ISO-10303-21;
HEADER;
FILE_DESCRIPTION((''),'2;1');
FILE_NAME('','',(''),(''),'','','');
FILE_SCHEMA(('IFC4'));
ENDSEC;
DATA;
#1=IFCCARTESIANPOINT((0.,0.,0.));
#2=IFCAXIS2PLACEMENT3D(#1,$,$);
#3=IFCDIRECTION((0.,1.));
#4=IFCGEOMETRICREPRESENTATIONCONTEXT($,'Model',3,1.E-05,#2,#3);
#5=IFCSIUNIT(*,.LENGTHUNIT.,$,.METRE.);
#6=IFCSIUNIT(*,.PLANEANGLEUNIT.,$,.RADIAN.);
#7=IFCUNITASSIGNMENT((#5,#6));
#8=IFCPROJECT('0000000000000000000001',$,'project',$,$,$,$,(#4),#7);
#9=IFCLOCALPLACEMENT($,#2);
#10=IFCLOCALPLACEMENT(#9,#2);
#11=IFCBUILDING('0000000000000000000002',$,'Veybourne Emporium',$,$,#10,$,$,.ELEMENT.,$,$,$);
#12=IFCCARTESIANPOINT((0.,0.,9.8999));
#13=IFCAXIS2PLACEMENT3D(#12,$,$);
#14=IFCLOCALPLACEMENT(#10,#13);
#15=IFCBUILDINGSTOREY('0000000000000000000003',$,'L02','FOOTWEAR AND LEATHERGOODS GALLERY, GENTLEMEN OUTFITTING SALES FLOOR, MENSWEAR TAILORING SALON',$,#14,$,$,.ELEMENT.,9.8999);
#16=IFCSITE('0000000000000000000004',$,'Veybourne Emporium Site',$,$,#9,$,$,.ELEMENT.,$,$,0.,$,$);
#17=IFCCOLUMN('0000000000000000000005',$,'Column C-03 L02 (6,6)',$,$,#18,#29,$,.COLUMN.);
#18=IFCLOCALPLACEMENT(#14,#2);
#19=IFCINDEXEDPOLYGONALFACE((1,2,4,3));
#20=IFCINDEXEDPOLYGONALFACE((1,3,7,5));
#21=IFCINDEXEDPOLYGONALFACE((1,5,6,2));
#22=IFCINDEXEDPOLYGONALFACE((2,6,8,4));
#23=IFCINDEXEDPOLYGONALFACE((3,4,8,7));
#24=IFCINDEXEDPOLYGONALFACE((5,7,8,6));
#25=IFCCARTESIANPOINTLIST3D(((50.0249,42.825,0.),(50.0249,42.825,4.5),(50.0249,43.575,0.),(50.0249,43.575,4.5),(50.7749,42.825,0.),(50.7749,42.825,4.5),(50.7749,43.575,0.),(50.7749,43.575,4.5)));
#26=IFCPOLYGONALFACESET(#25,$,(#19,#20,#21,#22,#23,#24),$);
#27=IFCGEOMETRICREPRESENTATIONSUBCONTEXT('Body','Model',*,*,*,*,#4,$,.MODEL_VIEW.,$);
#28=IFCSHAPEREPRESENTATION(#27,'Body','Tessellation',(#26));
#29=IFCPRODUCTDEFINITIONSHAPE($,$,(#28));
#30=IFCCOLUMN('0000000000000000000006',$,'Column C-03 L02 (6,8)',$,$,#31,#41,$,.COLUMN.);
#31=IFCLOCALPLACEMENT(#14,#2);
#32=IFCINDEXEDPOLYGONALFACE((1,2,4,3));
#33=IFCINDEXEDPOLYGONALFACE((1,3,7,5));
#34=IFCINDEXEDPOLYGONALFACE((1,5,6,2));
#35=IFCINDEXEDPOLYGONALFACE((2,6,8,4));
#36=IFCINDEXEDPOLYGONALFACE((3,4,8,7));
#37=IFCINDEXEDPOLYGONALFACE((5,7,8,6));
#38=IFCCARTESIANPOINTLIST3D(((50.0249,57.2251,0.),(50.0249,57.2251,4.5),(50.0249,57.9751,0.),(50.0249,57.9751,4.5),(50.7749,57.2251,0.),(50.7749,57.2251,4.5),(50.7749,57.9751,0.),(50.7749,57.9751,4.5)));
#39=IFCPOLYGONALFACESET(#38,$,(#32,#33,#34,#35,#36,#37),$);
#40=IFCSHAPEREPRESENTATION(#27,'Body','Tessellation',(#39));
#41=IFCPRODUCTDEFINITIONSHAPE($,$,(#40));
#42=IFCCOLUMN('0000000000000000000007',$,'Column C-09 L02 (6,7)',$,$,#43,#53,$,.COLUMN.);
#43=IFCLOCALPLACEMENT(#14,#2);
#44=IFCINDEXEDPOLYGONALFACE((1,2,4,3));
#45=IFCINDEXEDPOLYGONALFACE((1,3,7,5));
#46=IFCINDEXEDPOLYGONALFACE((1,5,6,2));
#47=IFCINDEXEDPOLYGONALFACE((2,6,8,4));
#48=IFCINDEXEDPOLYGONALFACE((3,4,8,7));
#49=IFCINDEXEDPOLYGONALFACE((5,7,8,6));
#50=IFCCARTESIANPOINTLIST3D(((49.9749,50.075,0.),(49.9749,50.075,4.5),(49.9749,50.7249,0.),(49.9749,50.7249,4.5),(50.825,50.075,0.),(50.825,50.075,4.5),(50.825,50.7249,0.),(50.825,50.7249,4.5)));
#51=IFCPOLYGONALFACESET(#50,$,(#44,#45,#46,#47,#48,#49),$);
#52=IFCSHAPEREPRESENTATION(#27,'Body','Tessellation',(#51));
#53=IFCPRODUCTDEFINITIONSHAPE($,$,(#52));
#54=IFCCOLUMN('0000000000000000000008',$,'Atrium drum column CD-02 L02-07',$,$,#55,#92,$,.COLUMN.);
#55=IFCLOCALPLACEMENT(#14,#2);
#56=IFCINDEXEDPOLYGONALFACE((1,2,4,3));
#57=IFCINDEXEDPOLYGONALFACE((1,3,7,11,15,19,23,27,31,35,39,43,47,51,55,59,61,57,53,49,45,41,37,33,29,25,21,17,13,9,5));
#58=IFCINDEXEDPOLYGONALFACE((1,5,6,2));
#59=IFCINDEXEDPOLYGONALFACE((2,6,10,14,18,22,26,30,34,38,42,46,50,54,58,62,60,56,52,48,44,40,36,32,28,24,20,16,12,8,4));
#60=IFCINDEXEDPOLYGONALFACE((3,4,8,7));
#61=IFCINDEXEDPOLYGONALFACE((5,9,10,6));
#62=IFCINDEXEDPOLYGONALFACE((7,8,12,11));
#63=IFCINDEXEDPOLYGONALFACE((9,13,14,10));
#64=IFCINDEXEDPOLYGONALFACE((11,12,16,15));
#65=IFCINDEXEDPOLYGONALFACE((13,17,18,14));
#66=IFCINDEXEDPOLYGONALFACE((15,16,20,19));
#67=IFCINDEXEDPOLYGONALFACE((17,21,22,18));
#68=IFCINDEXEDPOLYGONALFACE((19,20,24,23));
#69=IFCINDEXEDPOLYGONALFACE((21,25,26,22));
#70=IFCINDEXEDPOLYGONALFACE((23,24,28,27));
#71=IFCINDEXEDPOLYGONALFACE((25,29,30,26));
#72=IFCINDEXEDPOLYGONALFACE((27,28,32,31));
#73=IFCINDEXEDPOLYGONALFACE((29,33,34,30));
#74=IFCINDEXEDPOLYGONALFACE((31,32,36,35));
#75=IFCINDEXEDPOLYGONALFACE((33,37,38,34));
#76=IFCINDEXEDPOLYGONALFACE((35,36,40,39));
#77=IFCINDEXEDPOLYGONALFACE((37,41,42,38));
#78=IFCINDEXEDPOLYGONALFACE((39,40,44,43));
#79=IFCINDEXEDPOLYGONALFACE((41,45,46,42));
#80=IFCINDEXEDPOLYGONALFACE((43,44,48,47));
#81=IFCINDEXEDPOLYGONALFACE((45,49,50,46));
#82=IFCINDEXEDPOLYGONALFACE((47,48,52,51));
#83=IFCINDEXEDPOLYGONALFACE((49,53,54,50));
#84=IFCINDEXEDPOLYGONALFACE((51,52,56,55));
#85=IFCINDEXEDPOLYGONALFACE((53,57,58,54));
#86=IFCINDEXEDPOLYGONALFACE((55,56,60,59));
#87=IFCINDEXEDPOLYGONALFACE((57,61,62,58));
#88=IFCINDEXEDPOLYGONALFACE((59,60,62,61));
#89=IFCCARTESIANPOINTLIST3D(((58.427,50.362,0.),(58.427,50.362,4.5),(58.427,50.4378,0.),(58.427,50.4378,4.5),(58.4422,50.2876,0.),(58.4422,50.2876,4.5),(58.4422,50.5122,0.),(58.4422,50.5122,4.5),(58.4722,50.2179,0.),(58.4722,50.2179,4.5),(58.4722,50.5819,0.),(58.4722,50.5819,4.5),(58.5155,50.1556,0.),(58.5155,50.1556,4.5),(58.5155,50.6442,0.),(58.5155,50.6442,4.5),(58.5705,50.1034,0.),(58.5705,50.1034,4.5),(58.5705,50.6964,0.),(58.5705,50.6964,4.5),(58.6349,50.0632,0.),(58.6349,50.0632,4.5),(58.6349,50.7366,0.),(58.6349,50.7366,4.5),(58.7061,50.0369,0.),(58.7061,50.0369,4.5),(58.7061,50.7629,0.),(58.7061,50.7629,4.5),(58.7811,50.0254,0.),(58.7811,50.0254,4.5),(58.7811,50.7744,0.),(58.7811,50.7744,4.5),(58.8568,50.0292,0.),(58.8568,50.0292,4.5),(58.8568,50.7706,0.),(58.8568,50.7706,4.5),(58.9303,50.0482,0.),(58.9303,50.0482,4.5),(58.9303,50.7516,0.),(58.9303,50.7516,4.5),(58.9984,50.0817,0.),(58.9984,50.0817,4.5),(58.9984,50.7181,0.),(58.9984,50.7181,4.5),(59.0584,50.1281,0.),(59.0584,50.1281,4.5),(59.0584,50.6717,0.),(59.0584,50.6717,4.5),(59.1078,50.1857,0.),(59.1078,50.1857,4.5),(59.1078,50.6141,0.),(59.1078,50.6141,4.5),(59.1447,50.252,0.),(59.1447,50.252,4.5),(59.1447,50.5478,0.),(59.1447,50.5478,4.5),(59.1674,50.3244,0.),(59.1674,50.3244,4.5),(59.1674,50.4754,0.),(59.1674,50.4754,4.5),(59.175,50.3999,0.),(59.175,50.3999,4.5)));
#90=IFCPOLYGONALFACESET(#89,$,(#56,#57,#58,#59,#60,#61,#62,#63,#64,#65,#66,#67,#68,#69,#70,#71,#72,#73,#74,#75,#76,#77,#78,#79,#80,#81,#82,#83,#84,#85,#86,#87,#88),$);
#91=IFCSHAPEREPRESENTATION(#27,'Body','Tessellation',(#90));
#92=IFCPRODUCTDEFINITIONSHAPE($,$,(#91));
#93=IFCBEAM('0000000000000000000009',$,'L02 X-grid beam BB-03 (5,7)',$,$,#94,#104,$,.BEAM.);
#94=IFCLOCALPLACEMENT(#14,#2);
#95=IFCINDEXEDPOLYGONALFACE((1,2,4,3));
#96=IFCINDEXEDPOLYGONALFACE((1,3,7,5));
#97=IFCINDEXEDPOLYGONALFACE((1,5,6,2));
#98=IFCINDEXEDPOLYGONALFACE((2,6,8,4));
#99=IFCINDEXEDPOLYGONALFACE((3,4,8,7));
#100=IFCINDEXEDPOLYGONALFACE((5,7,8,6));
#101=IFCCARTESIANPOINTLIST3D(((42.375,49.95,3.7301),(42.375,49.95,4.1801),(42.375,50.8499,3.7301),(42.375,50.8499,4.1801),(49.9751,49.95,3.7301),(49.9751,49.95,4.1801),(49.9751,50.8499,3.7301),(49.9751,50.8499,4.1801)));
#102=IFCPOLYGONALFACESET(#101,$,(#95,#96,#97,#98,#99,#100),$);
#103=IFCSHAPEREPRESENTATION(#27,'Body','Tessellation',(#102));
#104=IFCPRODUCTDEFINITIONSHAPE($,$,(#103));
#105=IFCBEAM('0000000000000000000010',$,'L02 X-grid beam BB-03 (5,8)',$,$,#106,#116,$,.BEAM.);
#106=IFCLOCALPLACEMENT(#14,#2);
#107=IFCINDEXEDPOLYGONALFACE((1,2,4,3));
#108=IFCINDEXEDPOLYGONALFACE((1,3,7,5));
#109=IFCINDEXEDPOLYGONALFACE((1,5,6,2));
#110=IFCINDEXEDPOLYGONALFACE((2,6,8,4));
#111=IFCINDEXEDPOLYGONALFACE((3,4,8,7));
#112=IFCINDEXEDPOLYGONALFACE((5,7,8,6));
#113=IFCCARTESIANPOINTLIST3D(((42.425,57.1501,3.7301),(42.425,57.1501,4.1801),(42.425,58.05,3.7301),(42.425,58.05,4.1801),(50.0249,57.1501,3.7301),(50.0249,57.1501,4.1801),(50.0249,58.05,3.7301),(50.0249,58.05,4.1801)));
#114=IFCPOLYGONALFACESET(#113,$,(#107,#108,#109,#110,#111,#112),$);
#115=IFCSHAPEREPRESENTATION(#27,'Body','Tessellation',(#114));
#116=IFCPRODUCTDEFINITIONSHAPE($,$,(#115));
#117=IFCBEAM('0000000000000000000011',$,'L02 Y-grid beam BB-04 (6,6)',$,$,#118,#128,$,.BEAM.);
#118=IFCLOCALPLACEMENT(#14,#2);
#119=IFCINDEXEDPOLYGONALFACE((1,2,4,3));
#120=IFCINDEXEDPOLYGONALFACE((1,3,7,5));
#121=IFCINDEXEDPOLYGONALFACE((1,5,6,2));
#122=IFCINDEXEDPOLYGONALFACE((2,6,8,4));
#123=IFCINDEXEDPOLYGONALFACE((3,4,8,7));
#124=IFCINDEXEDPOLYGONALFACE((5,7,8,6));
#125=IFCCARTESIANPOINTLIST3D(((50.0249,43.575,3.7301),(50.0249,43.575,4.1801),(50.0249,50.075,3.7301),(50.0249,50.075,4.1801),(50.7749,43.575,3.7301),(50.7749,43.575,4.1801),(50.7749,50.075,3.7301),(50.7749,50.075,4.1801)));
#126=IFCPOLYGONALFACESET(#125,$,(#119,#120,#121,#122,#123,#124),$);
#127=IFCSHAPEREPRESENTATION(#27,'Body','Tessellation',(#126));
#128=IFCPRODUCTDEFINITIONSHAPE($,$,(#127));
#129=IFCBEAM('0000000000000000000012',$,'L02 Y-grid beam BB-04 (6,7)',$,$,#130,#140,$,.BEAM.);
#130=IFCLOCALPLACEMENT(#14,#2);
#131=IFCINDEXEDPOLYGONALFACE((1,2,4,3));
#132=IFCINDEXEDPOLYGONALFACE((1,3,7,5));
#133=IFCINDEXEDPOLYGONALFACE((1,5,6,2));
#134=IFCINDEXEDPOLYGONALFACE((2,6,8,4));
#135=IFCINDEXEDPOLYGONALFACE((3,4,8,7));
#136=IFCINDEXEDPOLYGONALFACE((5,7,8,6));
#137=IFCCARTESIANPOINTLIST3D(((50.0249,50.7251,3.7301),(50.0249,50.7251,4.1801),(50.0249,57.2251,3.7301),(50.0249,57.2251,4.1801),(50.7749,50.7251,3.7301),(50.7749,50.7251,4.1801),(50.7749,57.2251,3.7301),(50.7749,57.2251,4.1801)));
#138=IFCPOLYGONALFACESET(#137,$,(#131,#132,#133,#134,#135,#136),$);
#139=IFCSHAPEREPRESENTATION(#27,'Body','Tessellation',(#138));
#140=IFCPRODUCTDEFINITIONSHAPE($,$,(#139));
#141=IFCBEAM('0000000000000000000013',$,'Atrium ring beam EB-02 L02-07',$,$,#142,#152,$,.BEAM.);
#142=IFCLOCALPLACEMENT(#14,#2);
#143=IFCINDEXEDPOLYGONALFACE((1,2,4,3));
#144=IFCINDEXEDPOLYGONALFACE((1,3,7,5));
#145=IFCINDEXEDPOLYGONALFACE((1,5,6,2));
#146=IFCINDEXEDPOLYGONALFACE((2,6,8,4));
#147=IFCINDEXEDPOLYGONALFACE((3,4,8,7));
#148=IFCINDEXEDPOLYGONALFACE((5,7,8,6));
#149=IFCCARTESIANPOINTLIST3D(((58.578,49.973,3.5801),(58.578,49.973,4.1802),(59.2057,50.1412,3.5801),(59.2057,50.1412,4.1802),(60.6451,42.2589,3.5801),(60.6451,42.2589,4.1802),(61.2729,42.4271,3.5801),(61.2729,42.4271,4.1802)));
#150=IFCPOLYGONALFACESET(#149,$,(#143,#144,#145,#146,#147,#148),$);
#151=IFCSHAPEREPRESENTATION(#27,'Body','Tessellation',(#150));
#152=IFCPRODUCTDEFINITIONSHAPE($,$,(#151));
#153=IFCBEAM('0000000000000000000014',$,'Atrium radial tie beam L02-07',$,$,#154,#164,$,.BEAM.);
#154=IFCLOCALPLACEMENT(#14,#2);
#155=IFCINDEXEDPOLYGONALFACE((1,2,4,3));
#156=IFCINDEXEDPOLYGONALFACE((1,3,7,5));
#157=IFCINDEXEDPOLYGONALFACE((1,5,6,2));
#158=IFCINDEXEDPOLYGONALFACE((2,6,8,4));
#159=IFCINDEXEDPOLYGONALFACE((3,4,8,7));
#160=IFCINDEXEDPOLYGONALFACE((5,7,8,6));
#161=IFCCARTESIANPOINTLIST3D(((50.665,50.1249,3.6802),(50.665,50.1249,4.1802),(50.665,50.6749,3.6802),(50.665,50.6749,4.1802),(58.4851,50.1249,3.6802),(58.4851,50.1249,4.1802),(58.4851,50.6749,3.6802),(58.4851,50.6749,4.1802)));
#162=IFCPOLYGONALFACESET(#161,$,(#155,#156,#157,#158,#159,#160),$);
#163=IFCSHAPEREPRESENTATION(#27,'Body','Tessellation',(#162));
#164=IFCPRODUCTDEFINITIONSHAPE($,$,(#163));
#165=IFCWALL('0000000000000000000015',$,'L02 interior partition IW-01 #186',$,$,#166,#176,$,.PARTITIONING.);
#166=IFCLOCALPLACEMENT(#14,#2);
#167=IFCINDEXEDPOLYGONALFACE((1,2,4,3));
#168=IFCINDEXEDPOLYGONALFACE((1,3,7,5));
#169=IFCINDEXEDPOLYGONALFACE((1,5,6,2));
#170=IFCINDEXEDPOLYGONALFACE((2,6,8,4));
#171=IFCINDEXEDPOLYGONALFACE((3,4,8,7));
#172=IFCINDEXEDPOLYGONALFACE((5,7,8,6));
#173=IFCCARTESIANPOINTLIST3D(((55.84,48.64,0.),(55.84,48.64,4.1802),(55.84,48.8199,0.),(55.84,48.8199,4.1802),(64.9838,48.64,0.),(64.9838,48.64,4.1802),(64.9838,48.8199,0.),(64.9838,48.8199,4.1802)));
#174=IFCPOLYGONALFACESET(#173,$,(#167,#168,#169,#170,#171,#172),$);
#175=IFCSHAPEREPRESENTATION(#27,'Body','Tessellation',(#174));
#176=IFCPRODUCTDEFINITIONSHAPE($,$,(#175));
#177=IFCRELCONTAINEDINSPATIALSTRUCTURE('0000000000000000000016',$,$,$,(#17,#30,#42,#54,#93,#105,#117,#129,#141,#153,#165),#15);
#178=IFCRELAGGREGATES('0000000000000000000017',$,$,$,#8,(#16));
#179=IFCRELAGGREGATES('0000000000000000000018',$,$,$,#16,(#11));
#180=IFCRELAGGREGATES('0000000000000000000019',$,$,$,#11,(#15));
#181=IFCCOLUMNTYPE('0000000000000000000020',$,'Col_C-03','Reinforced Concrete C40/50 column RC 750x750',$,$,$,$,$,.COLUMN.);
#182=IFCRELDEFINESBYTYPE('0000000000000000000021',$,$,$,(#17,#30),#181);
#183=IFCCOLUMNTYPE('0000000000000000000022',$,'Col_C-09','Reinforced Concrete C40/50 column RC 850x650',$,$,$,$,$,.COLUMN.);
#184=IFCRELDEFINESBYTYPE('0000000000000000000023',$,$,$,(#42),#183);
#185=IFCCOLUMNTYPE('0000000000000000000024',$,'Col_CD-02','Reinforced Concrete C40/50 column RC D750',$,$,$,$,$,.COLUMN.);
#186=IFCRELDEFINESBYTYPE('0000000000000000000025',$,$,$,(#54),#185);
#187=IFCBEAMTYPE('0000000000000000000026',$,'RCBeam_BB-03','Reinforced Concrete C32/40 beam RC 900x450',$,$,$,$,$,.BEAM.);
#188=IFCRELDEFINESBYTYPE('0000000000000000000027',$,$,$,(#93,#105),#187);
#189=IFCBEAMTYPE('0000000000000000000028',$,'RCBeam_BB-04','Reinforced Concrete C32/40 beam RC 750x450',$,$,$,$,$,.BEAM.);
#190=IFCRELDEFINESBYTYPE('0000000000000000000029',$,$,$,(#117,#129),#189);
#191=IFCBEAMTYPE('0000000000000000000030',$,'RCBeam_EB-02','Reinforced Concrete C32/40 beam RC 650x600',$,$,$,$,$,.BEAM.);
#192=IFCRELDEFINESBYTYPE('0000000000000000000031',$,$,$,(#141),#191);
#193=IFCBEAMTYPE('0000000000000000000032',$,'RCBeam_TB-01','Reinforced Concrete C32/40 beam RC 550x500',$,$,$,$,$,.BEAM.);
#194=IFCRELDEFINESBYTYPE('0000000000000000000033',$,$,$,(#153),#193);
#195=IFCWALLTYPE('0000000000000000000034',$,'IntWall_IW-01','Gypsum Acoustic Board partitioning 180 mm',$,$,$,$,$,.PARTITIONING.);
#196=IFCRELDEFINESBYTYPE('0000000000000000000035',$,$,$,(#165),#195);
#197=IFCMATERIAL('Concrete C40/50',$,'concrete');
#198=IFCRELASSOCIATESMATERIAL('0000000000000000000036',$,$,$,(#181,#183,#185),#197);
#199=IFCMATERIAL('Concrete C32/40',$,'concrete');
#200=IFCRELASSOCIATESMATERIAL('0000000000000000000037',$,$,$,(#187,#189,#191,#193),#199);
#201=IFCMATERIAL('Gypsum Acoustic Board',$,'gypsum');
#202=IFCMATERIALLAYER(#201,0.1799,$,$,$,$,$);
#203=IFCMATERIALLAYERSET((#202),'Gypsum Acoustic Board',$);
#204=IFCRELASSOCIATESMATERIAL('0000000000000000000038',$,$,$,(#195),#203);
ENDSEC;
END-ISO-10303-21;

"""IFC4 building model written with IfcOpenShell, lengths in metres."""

from ifc_helpers import new_model, si_unit, direction, frame, frame_2d, origin, origin_2d, place, context, subcontext, project, spatial, rectangle, circle, extrude, material, layer, layer_set, material_profile, profile_set, type_object, element, save


model = new_model("IFC4")

# Units and contexts
model_context = context("Model", 3, precision=1e-05, world=origin(), true_north=direction((0.0, 1.0)))
body_context = subcontext(model_context, "Body", "Model", "MODEL_VIEW")
ifc_project = project(units=[si_unit("LENGTHUNIT", "METRE"), si_unit("PLANEANGLEUNIT", "RADIAN")], contexts=[model_context])

# Site, building, storey
site_placement = place(None, origin())
site = spatial("IfcSite", under=ifc_project, at=site_placement, Name="Veybourne Emporium Site", CompositionType="ELEMENT", RefElevation=0.0)
building_placement = place(site_placement, origin())
building = spatial("IfcBuilding", under=site, at=building_placement, Name="Veybourne Emporium", CompositionType="ELEMENT")
storey_placement = place(building_placement, frame((0.0, 0.0, 9.8999)))
storey = spatial("IfcBuildingStorey", under=building, at=storey_placement, Name="L02", Description="FOOTWEAR AND LEATHERGOODS GALLERY, GENTLEMEN OUTFITTING SALES FLOOR, MENSWEAR TAILORING SALON", CompositionType="ELEMENT", Elevation=9.8999)

# Columns
ifc_material_1 = material(Name="Concrete C40/50", Category="concrete")
ifc_material_profile_1 = material_profile(ifc_material_1, rectangle(XDim=0.75, YDim=0.75, at=origin_2d()), Name="RC 750x750")
ifc_profile_set_1 = profile_set([ifc_material_profile_1], Name="Concrete C40/50")
column_type_1 = type_object("IfcColumnType", Name="Col_C-03", Description="Reinforced Concrete C40/50 column RC 750x750", PredefinedType="COLUMN", material=ifc_profile_set_1)
for number, where, z_axis, x_axis, name in (
    (1, (50.3999, 43.2, 0.0), (0.0, 0.0, 1.0), (1.0, 0.0, 0.0), "Column C-03 L02 (6,6)"),
    (2, (50.3999, 57.6001, 0.0), (0.0, 0.0, 1.0), (1.0, 0.0, 0.0), "Column C-03 L02 (6,8)"),
):
    element("IfcColumn", number, at=place(storey_placement, frame(where, z_axis=z_axis, x_axis=x_axis)), inside=storey, type_object=column_type_1, Name=name, PredefinedType="COLUMN", context=body_context, shape_type="SweptSolid", body=[
        extrude(rectangle(XDim=0.75, YDim=0.75, at=origin_2d()), origin(), (0.0, 0.0, 1.0), 4.5),
    ])
ifc_material_profile_2 = material_profile(ifc_material_1, rectangle(XDim=0.8501, YDim=0.6499, at=origin_2d()), Name="RC 850x650")
ifc_profile_set_2 = profile_set([ifc_material_profile_2], Name="Concrete C40/50")
column_type_2 = type_object("IfcColumnType", Name="Col_C-09", Description="Reinforced Concrete C40/50 column RC 850x650", PredefinedType="COLUMN", material=ifc_profile_set_2)
column_1_placement = place(storey_placement, frame((50.3999, 50.3999, 0.0), z_axis=(0.0, 0.0, 1.0), x_axis=(1.0, 0.0, 0.0)))
element("IfcColumn", 3, at=column_1_placement, inside=storey, type_object=column_type_2, Name="Column C-09 L02 (6,7)", PredefinedType="COLUMN", context=body_context, shape_type="SweptSolid", body=[
    extrude(rectangle(XDim=0.8501, YDim=0.6499, at=origin_2d()), origin(), (0.0, 0.0, 1.0), 4.5),
])
ifc_material_profile_3 = material_profile(ifc_material_1, circle(Radius=0.375, at=origin_2d()), Name="RC D750")
ifc_profile_set_3 = profile_set([ifc_material_profile_3], Name="Concrete C40/50")
column_type_3 = type_object("IfcColumnType", Name="Col_CD-02", Description="Reinforced Concrete C40/50 column RC D750", PredefinedType="COLUMN", material=ifc_profile_set_3)
column_2_placement = place(storey_placement, frame((58.8, 50.3999, 0.0), z_axis=(0.0, 0.0, 1.0), x_axis=(1.0, 0.0, 0.0)))
element("IfcColumn", 4, at=column_2_placement, inside=storey, type_object=column_type_3, Name="Atrium drum column CD-02 L02-07", PredefinedType="COLUMN", context=body_context, shape_type="SweptSolid", body=[
    extrude(circle(Radius=0.375, at=origin_2d()), origin(), (0.0, 0.0, 1.0), 4.5),
])

# Beams
ifc_material_2 = material(Name="Concrete C32/40", Category="concrete")
ifc_material_profile_4 = material_profile(ifc_material_2, rectangle(XDim=0.8999, YDim=0.45, at=origin_2d()), Name="RC 900x450")
ifc_profile_set_4 = profile_set([ifc_material_profile_4], Name="Concrete C32/40")
beam_type_1 = type_object("IfcBeamType", Name="RCBeam_BB-03", Description="Reinforced Concrete C32/40 beam RC 900x450", PredefinedType="BEAM", material=ifc_profile_set_4)
beam_1_placement = place(storey_placement, frame((42.375, 50.3999, 3.9551), z_axis=(1.0, 0.0, 0.0), x_axis=(0.0, 1.0, 0.0)))
element("IfcBeam", 5, at=beam_1_placement, inside=storey, type_object=beam_type_1, Name="L02 X-grid beam BB-03 (5,7)", PredefinedType="BEAM", context=body_context, shape_type="SweptSolid", body=[
    extrude(rectangle(XDim=0.8999, YDim=0.45, at=origin_2d()), origin(), (0.0, 0.0, 1.0), 7.6001),
])
beam_2_placement = place(storey_placement, frame((42.425, 57.6001, 3.9551), z_axis=(1.0, 0.0, 0.0), x_axis=(0.0, 1.0, 0.0)))
element("IfcBeam", 6, at=beam_2_placement, inside=storey, type_object=beam_type_1, Name="L02 X-grid beam BB-03 (5,8)", PredefinedType="BEAM", context=body_context, shape_type="SweptSolid", body=[
    extrude(rectangle(XDim=0.8999, YDim=0.45, at=origin_2d()), origin(), (0.0, 0.0, 1.0), 7.5999),
])
ifc_material_profile_5 = material_profile(ifc_material_2, rectangle(XDim=0.75, YDim=0.45, at=origin_2d()), Name="RC 750x450")
ifc_profile_set_5 = profile_set([ifc_material_profile_5], Name="Concrete C32/40")
beam_type_2 = type_object("IfcBeamType", Name="RCBeam_BB-04", Description="Reinforced Concrete C32/40 beam RC 750x450", PredefinedType="BEAM", material=ifc_profile_set_5)
for number, where, z_axis, x_axis, name in (
    (7, (50.3999, 43.575, 3.9551), (0.0, 1.0, 0.0), (-1.0, 0.0, 0.0), "L02 Y-grid beam BB-04 (6,6)"),
    (8, (50.3999, 50.7251, 3.9551), (0.0, 1.0, 0.0), (-1.0, 0.0, 0.0), "L02 Y-grid beam BB-04 (6,7)"),
):
    element("IfcBeam", number, at=place(storey_placement, frame(where, z_axis=z_axis, x_axis=x_axis)), inside=storey, type_object=beam_type_2, Name=name, PredefinedType="BEAM", context=body_context, shape_type="SweptSolid", body=[
        extrude(rectangle(XDim=0.75, YDim=0.45, at=origin_2d()), origin(), (0.0, 0.0, 1.0), 6.5),
    ])
ifc_material_profile_6 = material_profile(ifc_material_2, rectangle(XDim=0.6499, YDim=0.6001, at=origin_2d()), Name="RC 650x600")
ifc_profile_set_6 = profile_set([ifc_material_profile_6], Name="Concrete C32/40")
beam_type_3 = type_object("IfcBeamType", Name="RCBeam_EB-02", Description="Reinforced Concrete C32/40 beam RC 650x600", PredefinedType="BEAM", material=ifc_profile_set_6)
beam_3_placement = place(storey_placement, frame((58.8918, 50.0571, 3.8801), z_axis=(0.258836, -0.965921, 0.0), x_axis=(0.965921, 0.258836, 0.0)))
element("IfcBeam", 9, at=beam_3_placement, inside=storey, type_object=beam_type_3, Name="Atrium ring beam EB-02 L02-07", PredefinedType="BEAM", context=body_context, shape_type="SweptSolid", body=[
    extrude(rectangle(XDim=0.6499, YDim=0.6001, at=origin_2d()), origin(), (0.0, 0.0, 1.0), 7.9863),
])
ifc_material_profile_7 = material_profile(ifc_material_2, rectangle(XDim=0.55, YDim=0.5, at=origin_2d()), Name="RC 550x500")
ifc_profile_set_7 = profile_set([ifc_material_profile_7], Name="Concrete C32/40")
beam_type_4 = type_object("IfcBeamType", Name="RCBeam_TB-01", Description="Reinforced Concrete C32/40 beam RC 550x500", PredefinedType="BEAM", material=ifc_profile_set_7)
beam_4_placement = place(storey_placement, frame((58.4851, 50.3999, 3.9302), z_axis=(-1.0, 0.0, 0.0), x_axis=(0.0, -1.0, 0.0)))
element("IfcBeam", 10, at=beam_4_placement, inside=storey, type_object=beam_type_4, Name="Atrium radial tie beam L02-07", PredefinedType="BEAM", context=body_context, shape_type="SweptSolid", body=[
    extrude(rectangle(XDim=0.55, YDim=0.5, at=origin_2d()), origin(), (0.0, 0.0, 1.0), 7.8201),
])

# Wall
ifc_material_3 = material(Name="Gypsum Acoustic Board", Category="gypsum")
ifc_layer_1 = layer(ifc_material_3, 0.1799)
ifc_layer_set_1 = layer_set([ifc_layer_1], Name="Gypsum Acoustic Board")
wall_type_1 = type_object("IfcWallType", Name="IntWall_IW-01", Description="Gypsum Acoustic Board partitioning 180 mm", PredefinedType="PARTITIONING", material=ifc_layer_set_1)
wall_1_placement = place(storey_placement, frame((55.8401, 48.73, 0.0), z_axis=(0.0, 0.0, 1.0), x_axis=(1.0, 0.0, 0.0)))
element("IfcWall", 11, at=wall_1_placement, inside=storey, type_object=wall_type_1, Name="L02 interior partition IW-01 #186", PredefinedType="PARTITIONING", context=body_context, shape_type="SweptSolid", body=[
    extrude(rectangle(XDim=9.1438, YDim=0.1799, at=frame_2d((4.5718, 0.0))), origin(), (0.0, 0.0, 1.0), 4.1802),
])

save(model, "model.ifc")
